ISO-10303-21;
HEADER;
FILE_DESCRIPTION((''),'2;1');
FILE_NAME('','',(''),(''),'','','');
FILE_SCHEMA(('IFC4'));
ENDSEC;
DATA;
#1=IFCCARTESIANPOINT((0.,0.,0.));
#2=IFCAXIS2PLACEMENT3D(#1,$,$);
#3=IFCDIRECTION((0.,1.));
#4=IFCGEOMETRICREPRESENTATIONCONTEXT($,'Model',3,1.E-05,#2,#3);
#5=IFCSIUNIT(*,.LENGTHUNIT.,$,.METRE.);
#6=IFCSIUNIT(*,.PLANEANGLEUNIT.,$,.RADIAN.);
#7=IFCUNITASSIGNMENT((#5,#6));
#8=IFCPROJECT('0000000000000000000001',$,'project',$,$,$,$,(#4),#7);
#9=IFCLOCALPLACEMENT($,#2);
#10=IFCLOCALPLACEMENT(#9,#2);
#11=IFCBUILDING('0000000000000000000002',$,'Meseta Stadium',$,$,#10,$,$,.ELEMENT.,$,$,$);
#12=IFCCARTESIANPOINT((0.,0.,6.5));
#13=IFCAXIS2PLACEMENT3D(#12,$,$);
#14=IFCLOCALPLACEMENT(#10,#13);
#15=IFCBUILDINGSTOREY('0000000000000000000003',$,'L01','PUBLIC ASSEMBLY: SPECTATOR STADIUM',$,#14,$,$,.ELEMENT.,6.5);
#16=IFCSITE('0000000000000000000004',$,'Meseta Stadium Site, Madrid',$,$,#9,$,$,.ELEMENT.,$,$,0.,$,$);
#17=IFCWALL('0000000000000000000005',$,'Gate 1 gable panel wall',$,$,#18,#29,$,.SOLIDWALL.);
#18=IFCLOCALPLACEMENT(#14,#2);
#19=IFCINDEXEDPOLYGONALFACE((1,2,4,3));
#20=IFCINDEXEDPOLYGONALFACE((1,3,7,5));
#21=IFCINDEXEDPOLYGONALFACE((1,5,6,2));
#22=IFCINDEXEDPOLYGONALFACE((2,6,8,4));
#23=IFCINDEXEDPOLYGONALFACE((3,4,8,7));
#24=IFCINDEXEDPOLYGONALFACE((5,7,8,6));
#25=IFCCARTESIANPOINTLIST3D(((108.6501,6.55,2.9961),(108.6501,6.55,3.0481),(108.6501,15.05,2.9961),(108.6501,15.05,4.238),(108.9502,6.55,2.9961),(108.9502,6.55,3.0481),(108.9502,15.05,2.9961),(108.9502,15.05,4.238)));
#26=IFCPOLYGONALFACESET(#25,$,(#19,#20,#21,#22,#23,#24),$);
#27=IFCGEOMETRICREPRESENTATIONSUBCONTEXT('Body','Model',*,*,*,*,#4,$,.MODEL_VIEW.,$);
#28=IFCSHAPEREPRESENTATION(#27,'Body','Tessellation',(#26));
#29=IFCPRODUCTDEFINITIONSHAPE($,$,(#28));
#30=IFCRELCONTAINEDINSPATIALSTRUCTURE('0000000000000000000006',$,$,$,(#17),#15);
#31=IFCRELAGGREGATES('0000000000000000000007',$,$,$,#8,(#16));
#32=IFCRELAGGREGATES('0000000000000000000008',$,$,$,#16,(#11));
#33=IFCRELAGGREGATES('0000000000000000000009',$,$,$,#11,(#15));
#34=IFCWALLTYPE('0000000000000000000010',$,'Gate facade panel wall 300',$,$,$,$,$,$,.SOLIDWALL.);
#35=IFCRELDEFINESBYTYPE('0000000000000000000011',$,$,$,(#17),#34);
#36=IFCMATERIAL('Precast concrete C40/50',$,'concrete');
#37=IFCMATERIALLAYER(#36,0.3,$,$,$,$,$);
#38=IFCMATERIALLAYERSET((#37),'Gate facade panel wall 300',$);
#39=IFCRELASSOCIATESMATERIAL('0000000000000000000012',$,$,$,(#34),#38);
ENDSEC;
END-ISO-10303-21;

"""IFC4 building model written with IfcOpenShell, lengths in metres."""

from ifc_helpers import new_model, si_unit, direction, frame, origin, place, context, subcontext, project, spatial, polyline, outline, extrude, material, layer, layer_set, type_object, element, save


model = new_model("IFC4")

# Units and contexts
model_context = context("Model", 3, precision=1e-05, world=origin(), true_north=direction((0.0, 1.0)))
body_context = subcontext(model_context, "Body", "Model", "MODEL_VIEW")
ifc_project = project(units=[si_unit("LENGTHUNIT", "METRE"), si_unit("PLANEANGLEUNIT", "RADIAN")], contexts=[model_context])

# Site, building, storey
site_placement = place(None, origin())
site = spatial("IfcSite", under=ifc_project, at=site_placement, Name="Meseta Stadium Site, Madrid", CompositionType="ELEMENT", RefElevation=0.0)
building_placement = place(site_placement, origin())
building = spatial("IfcBuilding", under=site, at=building_placement, Name="Meseta Stadium", CompositionType="ELEMENT")
storey_placement = place(building_placement, frame((0.0, 0.0, 6.5)))
storey = spatial("IfcBuildingStorey", under=building, at=storey_placement, Name="L01", Description="PUBLIC ASSEMBLY: SPECTATOR STADIUM", CompositionType="ELEMENT", Elevation=6.5)

# Wall
ifc_material_1 = material(Name="Precast concrete C40/50", Category="concrete")
ifc_layer_1 = layer(ifc_material_1, 0.3)
ifc_layer_set_1 = layer_set([ifc_layer_1], Name="Gate facade panel wall 300")
wall_type = type_object("IfcWallType", Name="Gate facade panel wall 300", PredefinedType="SOLIDWALL", material=ifc_layer_set_1)
wall_placement = place(storey_placement, frame((108.8, 6.55, 2.9961), z_axis=(0.0, 0.0, 1.0), x_axis=(0.0, 1.0, 0.0)))
element("IfcWall", 1, at=wall_placement, inside=storey, type_object=wall_type, Name="Gate 1 gable panel wall", PredefinedType="SOLIDWALL", context=body_context, shape_type="SweptSolid", body=[
    extrude(outline(polyline([(0.0, 0.0), (8.5, 0.0), (8.5, 1.2419), (0.0, 0.052), (0.0, 0.0)])), frame((0.0, 0.1499, 0.0), z_axis=(0.0, -1.0, 0.0), x_axis=(1.0, 0.0, 0.0)), (0.0, 0.0, 1.0), 0.3),
])

save(model, "model.ifc")
